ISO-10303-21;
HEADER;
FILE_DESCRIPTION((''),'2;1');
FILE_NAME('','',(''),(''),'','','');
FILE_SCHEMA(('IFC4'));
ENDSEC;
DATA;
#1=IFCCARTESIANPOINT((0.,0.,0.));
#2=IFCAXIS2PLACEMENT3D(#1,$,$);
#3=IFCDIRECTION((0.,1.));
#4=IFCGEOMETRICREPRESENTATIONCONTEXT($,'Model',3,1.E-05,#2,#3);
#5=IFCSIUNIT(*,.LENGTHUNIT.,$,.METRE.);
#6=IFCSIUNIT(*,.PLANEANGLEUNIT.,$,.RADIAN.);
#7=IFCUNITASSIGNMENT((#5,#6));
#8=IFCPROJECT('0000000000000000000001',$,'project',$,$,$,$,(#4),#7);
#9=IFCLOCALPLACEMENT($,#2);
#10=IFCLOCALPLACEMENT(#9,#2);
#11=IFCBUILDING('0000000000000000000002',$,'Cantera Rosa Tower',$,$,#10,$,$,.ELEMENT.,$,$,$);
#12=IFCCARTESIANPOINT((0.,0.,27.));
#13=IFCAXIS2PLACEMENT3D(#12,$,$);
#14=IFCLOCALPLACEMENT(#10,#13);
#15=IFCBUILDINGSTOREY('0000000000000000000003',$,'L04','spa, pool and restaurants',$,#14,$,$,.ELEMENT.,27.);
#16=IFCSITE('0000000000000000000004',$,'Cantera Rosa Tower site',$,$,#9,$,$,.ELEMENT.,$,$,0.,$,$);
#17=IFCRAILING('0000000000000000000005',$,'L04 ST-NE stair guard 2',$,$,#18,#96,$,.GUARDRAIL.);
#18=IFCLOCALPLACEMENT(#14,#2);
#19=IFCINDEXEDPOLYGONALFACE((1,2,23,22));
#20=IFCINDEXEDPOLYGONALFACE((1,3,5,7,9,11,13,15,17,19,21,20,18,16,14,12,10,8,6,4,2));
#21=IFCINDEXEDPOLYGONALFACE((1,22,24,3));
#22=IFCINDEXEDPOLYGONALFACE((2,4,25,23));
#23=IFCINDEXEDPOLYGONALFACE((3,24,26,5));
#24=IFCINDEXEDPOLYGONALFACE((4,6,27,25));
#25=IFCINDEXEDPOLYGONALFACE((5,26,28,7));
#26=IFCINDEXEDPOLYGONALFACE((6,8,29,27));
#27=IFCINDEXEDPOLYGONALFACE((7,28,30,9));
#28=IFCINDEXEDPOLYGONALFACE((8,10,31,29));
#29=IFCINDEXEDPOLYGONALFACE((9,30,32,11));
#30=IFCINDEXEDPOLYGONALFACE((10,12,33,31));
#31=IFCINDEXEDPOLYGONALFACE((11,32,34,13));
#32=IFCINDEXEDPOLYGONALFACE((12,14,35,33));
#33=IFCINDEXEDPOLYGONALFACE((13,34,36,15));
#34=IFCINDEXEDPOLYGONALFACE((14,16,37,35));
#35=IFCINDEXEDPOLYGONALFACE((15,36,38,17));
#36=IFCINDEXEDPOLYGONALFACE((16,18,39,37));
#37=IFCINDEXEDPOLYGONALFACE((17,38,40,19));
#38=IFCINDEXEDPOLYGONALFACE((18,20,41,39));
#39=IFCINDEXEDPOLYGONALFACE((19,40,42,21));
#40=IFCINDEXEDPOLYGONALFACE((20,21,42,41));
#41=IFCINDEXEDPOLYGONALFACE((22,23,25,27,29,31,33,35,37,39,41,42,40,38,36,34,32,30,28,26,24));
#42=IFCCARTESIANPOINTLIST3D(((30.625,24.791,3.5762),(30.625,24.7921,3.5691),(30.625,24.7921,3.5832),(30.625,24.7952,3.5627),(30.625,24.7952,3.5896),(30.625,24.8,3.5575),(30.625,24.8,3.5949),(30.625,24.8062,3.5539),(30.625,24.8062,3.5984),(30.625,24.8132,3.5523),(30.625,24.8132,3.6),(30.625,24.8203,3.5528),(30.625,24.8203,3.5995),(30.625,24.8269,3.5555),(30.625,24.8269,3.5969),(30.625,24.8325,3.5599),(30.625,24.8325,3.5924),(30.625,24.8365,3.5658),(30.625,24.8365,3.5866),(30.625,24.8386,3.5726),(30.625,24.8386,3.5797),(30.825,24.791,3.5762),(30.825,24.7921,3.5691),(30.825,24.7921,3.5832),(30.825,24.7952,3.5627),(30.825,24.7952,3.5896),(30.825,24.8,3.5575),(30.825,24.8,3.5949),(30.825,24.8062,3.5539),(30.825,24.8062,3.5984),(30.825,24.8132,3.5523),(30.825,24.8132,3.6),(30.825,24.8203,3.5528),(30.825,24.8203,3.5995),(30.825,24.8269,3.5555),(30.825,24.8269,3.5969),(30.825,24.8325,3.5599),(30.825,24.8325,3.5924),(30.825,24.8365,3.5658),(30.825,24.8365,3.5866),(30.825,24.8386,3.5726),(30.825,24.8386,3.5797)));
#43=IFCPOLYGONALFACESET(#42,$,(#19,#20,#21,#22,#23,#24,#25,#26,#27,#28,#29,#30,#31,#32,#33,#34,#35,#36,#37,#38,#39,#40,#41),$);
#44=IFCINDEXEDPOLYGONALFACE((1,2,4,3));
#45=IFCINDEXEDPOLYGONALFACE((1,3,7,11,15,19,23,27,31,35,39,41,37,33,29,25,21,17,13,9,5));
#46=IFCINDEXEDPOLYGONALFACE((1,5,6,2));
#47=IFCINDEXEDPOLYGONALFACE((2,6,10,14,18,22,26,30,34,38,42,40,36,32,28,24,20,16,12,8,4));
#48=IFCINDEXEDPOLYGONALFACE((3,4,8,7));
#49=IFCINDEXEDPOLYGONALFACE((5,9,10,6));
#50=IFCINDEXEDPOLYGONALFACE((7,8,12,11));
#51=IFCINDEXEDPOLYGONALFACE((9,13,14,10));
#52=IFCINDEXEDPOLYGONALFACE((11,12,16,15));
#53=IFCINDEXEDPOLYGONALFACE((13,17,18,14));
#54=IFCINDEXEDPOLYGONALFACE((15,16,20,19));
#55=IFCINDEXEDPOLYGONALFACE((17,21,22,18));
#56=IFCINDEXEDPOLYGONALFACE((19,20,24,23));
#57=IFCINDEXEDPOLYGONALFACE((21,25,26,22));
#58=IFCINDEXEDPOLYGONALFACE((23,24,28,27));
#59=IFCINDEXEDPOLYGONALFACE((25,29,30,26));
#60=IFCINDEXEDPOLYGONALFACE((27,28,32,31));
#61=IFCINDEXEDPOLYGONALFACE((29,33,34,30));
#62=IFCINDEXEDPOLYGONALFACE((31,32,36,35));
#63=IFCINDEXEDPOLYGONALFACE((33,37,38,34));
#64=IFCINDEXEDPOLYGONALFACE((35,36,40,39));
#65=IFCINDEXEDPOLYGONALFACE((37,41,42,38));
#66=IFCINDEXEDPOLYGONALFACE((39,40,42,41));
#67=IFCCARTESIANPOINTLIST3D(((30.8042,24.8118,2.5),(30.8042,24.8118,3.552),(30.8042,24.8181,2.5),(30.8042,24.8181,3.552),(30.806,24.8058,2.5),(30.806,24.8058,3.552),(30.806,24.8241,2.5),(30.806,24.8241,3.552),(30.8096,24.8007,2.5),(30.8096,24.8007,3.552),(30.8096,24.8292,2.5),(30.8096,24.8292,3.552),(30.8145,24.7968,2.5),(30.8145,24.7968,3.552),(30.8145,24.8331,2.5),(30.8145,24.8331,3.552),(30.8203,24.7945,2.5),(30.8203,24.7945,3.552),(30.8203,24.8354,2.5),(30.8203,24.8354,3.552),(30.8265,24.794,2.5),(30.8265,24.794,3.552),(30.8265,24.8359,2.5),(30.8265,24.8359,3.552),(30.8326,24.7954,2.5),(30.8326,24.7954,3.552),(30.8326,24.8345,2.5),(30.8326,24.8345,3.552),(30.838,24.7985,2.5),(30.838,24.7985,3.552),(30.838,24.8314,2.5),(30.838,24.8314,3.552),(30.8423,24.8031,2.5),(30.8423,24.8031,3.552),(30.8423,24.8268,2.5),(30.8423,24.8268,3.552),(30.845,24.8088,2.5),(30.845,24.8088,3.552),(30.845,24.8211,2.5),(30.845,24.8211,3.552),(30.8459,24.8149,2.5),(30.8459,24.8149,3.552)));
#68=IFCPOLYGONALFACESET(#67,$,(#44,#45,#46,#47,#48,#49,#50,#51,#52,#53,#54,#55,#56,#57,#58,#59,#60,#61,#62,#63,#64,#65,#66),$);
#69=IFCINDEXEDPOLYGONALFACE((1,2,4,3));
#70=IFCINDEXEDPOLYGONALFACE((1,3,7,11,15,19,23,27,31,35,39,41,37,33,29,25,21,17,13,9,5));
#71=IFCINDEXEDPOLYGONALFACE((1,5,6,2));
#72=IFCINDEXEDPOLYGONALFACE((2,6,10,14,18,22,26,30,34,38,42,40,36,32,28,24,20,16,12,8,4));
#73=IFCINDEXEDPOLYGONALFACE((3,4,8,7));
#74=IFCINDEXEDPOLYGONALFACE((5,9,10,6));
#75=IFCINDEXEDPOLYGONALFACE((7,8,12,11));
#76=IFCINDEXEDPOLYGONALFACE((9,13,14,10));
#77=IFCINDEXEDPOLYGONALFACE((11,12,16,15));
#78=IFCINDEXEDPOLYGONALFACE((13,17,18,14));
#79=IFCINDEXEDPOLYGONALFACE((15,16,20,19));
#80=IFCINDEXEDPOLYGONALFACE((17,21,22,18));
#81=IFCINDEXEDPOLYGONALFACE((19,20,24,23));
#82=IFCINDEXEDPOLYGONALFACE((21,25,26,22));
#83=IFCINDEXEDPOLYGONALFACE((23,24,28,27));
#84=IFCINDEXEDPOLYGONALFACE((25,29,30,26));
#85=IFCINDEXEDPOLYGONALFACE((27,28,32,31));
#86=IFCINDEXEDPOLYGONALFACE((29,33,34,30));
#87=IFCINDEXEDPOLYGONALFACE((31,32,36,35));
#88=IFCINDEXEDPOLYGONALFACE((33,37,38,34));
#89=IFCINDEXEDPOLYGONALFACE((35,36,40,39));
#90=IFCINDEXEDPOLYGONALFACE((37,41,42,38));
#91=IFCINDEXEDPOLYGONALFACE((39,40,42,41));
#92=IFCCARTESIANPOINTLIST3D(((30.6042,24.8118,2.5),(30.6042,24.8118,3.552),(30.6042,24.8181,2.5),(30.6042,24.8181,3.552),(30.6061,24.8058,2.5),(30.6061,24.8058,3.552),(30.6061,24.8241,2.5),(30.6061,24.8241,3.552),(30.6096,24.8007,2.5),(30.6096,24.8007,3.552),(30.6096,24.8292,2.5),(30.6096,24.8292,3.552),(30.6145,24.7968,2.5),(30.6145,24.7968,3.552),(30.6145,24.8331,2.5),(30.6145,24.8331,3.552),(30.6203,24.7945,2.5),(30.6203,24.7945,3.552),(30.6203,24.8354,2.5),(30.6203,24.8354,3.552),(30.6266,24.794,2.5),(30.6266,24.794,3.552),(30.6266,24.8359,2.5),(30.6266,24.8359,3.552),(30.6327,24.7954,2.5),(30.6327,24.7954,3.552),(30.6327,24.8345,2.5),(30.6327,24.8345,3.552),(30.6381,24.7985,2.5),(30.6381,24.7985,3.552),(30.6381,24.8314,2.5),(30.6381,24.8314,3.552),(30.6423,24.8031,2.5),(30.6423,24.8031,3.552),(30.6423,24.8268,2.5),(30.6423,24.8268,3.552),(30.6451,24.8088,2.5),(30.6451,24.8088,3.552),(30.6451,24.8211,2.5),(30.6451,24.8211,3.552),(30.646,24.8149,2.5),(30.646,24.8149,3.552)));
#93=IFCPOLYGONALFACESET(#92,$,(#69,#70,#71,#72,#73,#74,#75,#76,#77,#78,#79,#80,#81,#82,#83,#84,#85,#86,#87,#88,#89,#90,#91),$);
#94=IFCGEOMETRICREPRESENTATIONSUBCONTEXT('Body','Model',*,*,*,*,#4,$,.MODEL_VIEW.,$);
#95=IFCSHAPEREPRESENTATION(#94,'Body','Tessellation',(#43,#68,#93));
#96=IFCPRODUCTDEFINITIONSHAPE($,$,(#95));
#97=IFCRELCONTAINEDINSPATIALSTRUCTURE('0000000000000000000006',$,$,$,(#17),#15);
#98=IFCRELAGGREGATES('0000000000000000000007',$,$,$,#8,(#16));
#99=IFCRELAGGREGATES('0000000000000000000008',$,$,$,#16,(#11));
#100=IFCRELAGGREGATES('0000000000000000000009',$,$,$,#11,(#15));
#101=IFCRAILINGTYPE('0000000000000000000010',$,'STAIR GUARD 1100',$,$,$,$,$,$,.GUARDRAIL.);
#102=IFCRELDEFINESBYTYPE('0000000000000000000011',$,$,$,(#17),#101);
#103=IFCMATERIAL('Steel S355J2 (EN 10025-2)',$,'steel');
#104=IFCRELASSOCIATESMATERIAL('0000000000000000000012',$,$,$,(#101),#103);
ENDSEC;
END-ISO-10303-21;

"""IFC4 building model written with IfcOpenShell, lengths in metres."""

from ifc_helpers import new_model, si_unit, direction, frame, origin, origin_2d, place, context, subcontext, project, spatial, circle, extrude, material, type_object, element, save


model = new_model("IFC4")

# Units and contexts
model_context = context("Model", 3, precision=1e-05, world=origin(), true_north=direction((0.0, 1.0)))
body_context = subcontext(model_context, "Body", "Model", "MODEL_VIEW")
ifc_project = project(units=[si_unit("LENGTHUNIT", "METRE"), si_unit("PLANEANGLEUNIT", "RADIAN")], contexts=[model_context])

# Site, building, storey
site_placement = place(None, origin())
site = spatial("IfcSite", under=ifc_project, at=site_placement, Name="Cantera Rosa Tower site", CompositionType="ELEMENT", RefElevation=0.0)
building_placement = place(site_placement, origin())
building = spatial("IfcBuilding", under=site, at=building_placement, Name="Cantera Rosa Tower", CompositionType="ELEMENT")
storey_placement = place(building_placement, frame((0.0, 0.0, 27.0)))
storey = spatial("IfcBuildingStorey", under=building, at=storey_placement, Name="L04", Description="spa, pool and restaurants", CompositionType="ELEMENT", Elevation=27.0)

# Railing
ifc_material_1 = material(Name="Steel S355J2 (EN 10025-2)", Category="steel")
railing_type_1 = type_object("IfcRailingType", Name="STAIR GUARD 1100", PredefinedType="GUARDRAIL", material=ifc_material_1)
railing_1_placement = place(storey_placement, frame((30.825, 24.8149, 2.5)))
element("IfcRailing", 1, at=railing_1_placement, inside=storey, type_object=railing_type_1, Name="L04 ST-NE stair guard 2", PredefinedType="GUARDRAIL", context=body_context, shape_type="SweptSolid", body=[
    extrude(circle(Radius=0.0239, at=origin_2d()), frame((0.0, 0.0, 1.0762), z_axis=(-1.0, 0.0, 0.0), x_axis=(0.0, -1.0, 0.0)), (0.0, 0.0, 1.0), 0.2),
    extrude(circle(Radius=0.021, at=origin_2d()), origin(), (0.0, 0.0, 1.0), 1.052),
    extrude(circle(Radius=0.021, at=origin_2d()), frame((-0.2, 0.0, 0.0)), (0.0, 0.0, 1.0), 1.052),
])

save(model, "model.ifc")
